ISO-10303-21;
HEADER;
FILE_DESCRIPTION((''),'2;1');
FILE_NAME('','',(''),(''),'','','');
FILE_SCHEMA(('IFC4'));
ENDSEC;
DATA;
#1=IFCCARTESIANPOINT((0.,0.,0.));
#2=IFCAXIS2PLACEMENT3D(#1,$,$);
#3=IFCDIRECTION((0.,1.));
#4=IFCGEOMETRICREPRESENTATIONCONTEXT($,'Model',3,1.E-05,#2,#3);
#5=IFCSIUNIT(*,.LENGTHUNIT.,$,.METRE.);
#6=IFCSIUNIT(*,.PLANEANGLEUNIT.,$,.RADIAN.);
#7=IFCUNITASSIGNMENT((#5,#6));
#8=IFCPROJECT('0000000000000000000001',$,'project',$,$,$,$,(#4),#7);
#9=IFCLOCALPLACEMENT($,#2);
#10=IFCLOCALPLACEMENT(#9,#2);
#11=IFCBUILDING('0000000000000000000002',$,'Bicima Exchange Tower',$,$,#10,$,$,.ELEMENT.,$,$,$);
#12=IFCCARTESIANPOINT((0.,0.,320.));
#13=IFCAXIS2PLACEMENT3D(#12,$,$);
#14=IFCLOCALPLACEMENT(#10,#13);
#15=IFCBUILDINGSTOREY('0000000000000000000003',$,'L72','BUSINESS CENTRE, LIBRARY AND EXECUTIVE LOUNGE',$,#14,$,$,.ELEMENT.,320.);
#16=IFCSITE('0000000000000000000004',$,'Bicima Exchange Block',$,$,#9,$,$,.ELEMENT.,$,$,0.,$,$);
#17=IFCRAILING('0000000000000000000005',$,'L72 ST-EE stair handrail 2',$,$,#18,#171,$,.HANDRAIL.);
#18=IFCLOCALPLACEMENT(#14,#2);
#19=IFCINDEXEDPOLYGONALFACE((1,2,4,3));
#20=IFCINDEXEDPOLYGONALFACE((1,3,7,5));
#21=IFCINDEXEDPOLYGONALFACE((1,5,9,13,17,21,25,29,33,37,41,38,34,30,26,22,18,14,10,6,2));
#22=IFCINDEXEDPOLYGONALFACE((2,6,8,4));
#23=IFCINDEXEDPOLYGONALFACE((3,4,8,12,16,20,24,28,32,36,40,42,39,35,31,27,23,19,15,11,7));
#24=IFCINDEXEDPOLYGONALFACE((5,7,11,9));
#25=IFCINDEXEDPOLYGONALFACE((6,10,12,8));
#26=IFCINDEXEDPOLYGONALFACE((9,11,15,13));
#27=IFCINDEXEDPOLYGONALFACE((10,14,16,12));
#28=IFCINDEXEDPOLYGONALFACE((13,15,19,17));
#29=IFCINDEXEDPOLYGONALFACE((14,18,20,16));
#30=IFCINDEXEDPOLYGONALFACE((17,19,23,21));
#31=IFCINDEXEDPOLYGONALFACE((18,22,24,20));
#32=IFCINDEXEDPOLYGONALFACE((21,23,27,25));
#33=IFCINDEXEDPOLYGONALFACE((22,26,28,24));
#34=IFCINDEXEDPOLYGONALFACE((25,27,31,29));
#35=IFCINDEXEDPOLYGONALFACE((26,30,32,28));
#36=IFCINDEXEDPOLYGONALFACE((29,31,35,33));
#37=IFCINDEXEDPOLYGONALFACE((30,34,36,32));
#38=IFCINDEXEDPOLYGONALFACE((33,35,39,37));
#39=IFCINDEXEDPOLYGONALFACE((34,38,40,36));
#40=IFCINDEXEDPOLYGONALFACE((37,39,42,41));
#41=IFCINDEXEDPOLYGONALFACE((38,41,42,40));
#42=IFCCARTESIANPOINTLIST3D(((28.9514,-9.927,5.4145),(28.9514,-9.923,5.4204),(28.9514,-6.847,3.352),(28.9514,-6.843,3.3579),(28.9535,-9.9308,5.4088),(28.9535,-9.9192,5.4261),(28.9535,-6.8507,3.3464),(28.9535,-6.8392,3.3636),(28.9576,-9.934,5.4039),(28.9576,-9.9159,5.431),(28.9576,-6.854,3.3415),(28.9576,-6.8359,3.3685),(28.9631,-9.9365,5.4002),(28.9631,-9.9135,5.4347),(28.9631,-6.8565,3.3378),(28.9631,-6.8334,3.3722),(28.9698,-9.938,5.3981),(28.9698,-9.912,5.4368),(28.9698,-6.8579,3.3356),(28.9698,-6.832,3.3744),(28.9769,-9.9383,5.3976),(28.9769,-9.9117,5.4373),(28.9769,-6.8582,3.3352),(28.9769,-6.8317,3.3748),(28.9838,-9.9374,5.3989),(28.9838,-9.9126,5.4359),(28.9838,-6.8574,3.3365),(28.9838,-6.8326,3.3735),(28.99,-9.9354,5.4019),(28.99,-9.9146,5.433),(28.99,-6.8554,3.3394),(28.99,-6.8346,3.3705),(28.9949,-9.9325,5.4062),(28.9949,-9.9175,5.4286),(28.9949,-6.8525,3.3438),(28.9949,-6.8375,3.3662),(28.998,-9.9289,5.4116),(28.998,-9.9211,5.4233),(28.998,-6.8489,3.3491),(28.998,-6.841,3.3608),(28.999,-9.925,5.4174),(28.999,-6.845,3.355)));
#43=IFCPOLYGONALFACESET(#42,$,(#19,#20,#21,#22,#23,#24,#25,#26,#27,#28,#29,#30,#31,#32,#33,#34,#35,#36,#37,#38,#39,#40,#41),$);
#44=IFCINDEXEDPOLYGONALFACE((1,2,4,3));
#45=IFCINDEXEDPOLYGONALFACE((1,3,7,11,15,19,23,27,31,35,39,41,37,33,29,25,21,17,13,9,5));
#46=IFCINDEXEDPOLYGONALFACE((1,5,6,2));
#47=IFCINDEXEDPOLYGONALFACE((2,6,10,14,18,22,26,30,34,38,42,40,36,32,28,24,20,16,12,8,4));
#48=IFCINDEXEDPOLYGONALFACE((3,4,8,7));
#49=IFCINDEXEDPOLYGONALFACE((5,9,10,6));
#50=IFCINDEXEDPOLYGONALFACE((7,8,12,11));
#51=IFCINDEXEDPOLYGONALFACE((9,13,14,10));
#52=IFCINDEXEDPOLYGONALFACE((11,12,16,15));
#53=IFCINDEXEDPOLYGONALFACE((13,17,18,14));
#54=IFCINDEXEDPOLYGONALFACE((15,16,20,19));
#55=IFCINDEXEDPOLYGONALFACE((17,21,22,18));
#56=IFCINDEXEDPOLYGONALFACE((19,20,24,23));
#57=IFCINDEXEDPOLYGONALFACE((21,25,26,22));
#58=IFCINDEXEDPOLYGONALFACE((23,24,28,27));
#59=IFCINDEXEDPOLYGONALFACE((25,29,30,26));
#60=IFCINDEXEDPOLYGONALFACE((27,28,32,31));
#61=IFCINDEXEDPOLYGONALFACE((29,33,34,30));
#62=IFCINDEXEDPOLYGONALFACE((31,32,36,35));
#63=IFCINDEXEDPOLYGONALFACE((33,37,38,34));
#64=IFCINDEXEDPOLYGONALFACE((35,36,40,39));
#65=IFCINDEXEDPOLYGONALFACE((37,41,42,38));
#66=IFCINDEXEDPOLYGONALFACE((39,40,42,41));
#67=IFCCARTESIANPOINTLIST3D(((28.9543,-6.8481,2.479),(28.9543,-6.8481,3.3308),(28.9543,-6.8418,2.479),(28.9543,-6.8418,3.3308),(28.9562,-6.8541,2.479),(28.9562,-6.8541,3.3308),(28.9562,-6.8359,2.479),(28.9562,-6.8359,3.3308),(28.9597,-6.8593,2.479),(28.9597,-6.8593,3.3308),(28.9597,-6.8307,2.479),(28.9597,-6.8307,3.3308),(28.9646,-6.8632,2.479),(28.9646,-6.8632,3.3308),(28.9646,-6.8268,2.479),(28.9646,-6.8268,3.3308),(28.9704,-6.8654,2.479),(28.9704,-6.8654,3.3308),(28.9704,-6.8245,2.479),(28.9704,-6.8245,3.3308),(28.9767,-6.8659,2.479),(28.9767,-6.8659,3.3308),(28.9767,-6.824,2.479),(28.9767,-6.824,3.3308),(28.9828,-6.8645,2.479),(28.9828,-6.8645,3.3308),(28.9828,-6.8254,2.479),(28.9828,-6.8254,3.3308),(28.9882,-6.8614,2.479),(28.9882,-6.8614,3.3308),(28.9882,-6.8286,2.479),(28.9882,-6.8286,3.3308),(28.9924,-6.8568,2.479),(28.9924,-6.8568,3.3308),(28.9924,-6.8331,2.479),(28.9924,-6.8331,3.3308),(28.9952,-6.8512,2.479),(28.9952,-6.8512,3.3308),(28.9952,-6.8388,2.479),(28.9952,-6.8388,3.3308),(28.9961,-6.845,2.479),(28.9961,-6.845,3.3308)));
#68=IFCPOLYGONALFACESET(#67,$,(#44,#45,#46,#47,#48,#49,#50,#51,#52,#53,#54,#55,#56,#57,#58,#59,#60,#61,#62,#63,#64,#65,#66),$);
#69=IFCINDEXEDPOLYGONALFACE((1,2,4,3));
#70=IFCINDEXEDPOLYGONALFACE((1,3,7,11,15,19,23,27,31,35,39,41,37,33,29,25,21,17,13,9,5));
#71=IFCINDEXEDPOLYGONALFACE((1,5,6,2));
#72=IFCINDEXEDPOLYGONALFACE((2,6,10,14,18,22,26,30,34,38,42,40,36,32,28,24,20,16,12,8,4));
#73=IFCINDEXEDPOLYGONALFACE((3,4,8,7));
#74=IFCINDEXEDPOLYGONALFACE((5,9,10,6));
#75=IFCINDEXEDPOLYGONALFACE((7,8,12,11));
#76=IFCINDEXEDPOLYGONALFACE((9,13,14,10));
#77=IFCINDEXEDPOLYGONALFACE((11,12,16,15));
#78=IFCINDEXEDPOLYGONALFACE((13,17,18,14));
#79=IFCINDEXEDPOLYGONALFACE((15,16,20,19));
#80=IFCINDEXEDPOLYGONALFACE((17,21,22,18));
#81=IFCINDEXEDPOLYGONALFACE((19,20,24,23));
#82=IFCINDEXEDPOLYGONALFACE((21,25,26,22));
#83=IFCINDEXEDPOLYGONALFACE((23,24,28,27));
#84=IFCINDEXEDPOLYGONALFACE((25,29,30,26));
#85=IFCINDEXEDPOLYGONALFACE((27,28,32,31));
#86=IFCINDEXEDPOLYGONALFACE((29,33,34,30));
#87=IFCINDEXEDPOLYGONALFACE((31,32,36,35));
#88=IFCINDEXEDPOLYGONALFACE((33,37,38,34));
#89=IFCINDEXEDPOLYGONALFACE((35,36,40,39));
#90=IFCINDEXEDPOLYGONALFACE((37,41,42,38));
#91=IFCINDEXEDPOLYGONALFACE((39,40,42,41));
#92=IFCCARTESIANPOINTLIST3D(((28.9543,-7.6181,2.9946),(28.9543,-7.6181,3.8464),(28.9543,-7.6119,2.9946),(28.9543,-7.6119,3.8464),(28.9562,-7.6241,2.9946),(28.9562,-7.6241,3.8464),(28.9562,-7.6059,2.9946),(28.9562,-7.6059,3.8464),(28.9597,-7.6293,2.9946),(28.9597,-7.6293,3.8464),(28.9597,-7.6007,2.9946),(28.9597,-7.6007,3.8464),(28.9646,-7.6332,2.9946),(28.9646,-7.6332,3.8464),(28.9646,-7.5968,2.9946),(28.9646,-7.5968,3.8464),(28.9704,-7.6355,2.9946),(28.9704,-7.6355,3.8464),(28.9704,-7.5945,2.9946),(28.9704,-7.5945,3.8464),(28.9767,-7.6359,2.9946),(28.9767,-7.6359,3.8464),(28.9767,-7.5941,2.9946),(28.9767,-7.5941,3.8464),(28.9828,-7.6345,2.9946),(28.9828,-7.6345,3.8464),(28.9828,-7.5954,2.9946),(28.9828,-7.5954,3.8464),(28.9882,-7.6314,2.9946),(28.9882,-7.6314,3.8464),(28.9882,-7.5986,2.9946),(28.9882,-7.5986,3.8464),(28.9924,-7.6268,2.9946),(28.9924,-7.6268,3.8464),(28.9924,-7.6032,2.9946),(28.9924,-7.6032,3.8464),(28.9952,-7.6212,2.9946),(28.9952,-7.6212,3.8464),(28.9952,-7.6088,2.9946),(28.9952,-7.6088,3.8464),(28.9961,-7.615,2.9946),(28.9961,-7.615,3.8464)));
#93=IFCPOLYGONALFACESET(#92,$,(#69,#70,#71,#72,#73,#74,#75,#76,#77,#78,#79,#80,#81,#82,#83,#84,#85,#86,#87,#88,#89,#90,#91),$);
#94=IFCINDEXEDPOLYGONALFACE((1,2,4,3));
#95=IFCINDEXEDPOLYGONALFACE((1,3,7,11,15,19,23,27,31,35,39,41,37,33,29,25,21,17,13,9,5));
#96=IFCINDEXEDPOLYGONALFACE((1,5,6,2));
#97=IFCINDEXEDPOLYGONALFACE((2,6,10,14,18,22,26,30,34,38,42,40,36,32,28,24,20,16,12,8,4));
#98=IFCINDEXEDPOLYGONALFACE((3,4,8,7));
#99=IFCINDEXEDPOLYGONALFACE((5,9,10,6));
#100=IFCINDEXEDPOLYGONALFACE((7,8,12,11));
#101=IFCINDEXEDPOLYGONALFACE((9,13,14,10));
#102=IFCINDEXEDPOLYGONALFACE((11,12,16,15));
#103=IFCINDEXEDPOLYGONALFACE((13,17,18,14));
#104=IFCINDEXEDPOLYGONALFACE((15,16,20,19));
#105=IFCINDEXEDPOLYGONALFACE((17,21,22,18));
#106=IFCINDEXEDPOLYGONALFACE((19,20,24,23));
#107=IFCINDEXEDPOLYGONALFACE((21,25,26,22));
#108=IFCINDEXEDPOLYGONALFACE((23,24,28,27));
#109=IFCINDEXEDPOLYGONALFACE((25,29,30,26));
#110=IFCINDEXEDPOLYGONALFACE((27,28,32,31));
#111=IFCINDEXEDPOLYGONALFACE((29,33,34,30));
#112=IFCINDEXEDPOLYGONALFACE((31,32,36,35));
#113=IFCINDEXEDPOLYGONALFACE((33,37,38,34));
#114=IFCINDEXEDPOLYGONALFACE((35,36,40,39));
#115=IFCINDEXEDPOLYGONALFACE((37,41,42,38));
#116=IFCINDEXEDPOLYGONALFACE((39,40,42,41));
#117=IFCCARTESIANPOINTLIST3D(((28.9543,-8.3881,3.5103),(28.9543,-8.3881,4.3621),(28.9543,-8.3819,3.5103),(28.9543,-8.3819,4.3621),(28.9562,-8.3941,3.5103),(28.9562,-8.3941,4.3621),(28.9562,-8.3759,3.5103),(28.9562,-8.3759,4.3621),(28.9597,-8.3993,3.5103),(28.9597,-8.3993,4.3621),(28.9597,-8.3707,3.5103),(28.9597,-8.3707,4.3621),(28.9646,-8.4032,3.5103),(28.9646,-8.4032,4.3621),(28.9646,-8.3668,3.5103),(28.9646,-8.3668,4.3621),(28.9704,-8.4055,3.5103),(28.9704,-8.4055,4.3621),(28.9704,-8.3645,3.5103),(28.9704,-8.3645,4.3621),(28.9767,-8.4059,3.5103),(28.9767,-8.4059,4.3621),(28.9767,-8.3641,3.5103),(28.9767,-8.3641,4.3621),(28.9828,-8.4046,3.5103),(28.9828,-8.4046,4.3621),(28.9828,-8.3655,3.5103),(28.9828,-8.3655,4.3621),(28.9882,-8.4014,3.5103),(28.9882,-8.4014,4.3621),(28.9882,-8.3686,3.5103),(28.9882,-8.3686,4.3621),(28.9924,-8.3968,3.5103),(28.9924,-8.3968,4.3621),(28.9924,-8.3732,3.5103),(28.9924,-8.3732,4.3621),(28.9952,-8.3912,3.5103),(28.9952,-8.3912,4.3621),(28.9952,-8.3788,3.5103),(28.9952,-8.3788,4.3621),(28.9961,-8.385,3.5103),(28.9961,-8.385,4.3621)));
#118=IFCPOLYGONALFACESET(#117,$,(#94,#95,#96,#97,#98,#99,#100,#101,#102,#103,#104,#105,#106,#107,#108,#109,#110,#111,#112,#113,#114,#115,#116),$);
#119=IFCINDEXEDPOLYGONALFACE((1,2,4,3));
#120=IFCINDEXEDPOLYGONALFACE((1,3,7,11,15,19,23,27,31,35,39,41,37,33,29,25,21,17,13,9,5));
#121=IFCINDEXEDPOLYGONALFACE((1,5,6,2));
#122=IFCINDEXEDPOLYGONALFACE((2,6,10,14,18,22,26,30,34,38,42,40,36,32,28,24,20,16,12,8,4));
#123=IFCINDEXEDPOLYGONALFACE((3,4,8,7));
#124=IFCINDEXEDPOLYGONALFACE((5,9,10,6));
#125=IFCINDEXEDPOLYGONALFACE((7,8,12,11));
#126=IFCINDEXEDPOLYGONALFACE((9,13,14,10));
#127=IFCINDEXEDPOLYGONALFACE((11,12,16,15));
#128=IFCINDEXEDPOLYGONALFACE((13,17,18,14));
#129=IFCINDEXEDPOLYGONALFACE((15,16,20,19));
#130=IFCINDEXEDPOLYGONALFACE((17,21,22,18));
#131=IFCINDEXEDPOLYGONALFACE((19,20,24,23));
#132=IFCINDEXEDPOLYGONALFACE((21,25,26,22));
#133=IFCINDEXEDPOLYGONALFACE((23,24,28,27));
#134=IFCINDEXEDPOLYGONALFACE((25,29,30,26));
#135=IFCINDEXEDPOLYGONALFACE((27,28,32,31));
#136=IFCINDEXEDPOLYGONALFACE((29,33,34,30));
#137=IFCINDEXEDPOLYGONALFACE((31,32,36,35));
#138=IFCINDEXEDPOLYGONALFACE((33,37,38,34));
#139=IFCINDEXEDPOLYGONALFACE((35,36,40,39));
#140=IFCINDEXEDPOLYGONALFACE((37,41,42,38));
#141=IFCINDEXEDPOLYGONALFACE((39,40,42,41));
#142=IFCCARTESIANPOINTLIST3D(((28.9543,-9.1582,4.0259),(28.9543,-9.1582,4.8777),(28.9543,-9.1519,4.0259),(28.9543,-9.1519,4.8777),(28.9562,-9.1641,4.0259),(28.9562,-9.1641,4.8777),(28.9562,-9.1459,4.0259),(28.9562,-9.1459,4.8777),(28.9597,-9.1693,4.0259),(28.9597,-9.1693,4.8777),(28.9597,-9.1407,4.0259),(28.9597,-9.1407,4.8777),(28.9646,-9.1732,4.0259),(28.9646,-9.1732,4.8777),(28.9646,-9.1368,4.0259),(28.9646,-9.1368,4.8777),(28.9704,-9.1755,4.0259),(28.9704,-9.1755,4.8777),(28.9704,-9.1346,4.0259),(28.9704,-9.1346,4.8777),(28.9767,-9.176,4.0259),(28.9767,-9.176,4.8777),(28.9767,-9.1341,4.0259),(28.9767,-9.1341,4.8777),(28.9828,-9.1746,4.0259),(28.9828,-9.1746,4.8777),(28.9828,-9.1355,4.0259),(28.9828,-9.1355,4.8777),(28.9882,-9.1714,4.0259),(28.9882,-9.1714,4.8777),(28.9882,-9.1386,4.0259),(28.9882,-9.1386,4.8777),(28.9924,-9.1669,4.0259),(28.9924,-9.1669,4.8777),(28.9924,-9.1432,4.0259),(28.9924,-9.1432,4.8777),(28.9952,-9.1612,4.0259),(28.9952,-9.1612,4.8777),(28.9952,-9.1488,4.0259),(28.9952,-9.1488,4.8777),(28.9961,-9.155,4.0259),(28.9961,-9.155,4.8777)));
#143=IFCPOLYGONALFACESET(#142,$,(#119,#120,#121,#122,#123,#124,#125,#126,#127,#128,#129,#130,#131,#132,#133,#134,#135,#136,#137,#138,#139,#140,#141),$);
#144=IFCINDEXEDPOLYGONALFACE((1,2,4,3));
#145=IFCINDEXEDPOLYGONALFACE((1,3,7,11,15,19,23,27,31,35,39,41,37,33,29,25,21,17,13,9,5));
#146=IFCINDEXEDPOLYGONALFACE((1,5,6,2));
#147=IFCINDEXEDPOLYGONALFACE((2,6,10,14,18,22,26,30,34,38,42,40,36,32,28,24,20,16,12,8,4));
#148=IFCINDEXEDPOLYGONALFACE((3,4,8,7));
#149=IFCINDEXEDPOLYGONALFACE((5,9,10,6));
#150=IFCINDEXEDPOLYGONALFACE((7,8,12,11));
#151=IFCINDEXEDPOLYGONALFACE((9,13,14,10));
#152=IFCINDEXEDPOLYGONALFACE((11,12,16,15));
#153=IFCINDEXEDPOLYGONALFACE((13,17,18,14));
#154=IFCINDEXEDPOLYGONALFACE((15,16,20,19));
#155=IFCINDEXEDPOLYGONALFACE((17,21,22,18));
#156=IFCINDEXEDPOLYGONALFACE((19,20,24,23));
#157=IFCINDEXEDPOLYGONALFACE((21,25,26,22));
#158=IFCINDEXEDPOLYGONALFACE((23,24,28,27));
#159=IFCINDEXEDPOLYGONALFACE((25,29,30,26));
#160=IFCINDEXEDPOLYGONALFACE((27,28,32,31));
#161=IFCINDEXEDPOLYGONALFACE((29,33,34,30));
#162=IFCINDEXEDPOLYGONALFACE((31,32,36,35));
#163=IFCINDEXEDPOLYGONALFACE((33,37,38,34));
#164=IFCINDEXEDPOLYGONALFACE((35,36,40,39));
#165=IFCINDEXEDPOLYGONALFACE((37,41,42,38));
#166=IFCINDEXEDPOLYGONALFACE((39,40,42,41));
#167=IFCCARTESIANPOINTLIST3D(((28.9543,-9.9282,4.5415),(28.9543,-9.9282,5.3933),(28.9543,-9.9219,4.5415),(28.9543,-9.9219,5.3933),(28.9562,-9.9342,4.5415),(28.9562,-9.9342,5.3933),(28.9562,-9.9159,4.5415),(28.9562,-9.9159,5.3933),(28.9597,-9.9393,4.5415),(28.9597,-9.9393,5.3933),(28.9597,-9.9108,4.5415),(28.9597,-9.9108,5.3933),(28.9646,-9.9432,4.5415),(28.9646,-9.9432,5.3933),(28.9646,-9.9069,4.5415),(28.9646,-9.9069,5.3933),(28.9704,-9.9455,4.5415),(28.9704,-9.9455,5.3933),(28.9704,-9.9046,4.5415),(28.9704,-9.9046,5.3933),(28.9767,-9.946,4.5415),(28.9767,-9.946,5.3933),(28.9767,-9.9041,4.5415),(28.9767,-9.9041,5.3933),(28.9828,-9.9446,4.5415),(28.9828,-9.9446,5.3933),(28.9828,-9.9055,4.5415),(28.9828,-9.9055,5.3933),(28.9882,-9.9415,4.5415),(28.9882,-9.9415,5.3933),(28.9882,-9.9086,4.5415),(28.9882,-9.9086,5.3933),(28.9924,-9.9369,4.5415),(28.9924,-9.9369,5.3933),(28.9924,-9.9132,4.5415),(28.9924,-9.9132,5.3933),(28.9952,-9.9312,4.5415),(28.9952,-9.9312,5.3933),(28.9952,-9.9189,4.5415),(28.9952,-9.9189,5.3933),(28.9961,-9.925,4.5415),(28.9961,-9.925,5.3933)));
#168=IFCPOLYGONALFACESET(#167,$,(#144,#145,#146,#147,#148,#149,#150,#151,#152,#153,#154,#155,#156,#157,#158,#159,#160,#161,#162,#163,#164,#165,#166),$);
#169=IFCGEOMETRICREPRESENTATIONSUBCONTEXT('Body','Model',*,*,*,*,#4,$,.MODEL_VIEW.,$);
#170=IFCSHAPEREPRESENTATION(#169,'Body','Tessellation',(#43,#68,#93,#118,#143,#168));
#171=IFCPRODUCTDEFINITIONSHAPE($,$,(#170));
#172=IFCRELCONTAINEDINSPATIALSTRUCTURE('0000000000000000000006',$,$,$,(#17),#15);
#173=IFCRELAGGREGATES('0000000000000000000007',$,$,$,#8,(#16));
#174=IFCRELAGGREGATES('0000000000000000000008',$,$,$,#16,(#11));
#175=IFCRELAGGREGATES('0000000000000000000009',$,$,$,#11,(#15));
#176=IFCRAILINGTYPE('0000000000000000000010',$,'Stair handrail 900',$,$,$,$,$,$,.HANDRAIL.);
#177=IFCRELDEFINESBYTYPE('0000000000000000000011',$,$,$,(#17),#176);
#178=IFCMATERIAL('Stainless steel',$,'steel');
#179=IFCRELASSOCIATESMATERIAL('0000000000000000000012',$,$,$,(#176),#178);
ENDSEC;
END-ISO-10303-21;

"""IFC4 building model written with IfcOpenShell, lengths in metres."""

from ifc_helpers import new_model, si_unit, direction, frame, origin, origin_2d, place, context, subcontext, project, spatial, circle, extrude, material, type_object, element, save


model = new_model("IFC4")

# Units and contexts
model_context = context("Model", 3, precision=1e-05, world=origin(), true_north=direction((0.0, 1.0)))
body_context = subcontext(model_context, "Body", "Model", "MODEL_VIEW")
ifc_project = project(units=[si_unit("LENGTHUNIT", "METRE"), si_unit("PLANEANGLEUNIT", "RADIAN")], contexts=[model_context])

# Site, building, storey
site_placement = place(None, origin())
site = spatial("IfcSite", under=ifc_project, at=site_placement, Name="Bicima Exchange Block", CompositionType="ELEMENT", RefElevation=0.0)
building_placement = place(site_placement, origin())
building = spatial("IfcBuilding", under=site, at=building_placement, Name="Bicima Exchange Tower", CompositionType="ELEMENT")
storey_placement = place(building_placement, frame((0.0, 0.0, 320.0)))
storey = spatial("IfcBuildingStorey", under=building, at=storey_placement, Name="L72", Description="BUSINESS CENTRE, LIBRARY AND EXECUTIVE LOUNGE", CompositionType="ELEMENT", Elevation=320.0)

# Railing
ifc_material_1 = material(Name="Stainless steel", Category="steel")
railing_type_1 = type_object("IfcRailingType", Name="Stair handrail 900", PredefinedType="HANDRAIL", material=ifc_material_1)
for number, where, name in (
    (1, (28.9751, -6.845, 2.479), "L72 ST-EE stair handrail 2"),
):
    element("IfcRailing", number, at=place(storey_placement, frame(where)), inside=storey, type_object=railing_type_1, Name=name, PredefinedType="HANDRAIL", context=body_context, shape_type="SweptSolid", body=[
        extrude(circle(Radius=0.0239, at=origin_2d()), frame((0.0, 0.0, 0.876), z_axis=(0.0, -0.830914, 0.556401), x_axis=(1.0, 0.0, 0.0)), (0.0, 0.0, 1.0), 3.7068),
        extrude(circle(Radius=0.021, at=origin_2d()), origin(), (0.0, 0.0, 1.0), 0.8518),
        extrude(circle(Radius=0.021, at=origin_2d()), frame((0.0, -0.77, 0.5156)), (0.0, 0.0, 1.0), 0.8518),
        extrude(circle(Radius=0.021, at=origin_2d()), frame((0.0, -1.54, 1.0312)), (0.0, 0.0, 1.0), 0.8518),
        extrude(circle(Radius=0.021, at=origin_2d()), frame((0.0, -2.3101, 1.5469)), (0.0, 0.0, 1.0), 0.8518),
        extrude(circle(Radius=0.021, at=origin_2d()), frame((0.0, -3.0801, 2.0625)), (0.0, 0.0, 1.0), 0.8518),
    ])

save(model, "model.ifc")
